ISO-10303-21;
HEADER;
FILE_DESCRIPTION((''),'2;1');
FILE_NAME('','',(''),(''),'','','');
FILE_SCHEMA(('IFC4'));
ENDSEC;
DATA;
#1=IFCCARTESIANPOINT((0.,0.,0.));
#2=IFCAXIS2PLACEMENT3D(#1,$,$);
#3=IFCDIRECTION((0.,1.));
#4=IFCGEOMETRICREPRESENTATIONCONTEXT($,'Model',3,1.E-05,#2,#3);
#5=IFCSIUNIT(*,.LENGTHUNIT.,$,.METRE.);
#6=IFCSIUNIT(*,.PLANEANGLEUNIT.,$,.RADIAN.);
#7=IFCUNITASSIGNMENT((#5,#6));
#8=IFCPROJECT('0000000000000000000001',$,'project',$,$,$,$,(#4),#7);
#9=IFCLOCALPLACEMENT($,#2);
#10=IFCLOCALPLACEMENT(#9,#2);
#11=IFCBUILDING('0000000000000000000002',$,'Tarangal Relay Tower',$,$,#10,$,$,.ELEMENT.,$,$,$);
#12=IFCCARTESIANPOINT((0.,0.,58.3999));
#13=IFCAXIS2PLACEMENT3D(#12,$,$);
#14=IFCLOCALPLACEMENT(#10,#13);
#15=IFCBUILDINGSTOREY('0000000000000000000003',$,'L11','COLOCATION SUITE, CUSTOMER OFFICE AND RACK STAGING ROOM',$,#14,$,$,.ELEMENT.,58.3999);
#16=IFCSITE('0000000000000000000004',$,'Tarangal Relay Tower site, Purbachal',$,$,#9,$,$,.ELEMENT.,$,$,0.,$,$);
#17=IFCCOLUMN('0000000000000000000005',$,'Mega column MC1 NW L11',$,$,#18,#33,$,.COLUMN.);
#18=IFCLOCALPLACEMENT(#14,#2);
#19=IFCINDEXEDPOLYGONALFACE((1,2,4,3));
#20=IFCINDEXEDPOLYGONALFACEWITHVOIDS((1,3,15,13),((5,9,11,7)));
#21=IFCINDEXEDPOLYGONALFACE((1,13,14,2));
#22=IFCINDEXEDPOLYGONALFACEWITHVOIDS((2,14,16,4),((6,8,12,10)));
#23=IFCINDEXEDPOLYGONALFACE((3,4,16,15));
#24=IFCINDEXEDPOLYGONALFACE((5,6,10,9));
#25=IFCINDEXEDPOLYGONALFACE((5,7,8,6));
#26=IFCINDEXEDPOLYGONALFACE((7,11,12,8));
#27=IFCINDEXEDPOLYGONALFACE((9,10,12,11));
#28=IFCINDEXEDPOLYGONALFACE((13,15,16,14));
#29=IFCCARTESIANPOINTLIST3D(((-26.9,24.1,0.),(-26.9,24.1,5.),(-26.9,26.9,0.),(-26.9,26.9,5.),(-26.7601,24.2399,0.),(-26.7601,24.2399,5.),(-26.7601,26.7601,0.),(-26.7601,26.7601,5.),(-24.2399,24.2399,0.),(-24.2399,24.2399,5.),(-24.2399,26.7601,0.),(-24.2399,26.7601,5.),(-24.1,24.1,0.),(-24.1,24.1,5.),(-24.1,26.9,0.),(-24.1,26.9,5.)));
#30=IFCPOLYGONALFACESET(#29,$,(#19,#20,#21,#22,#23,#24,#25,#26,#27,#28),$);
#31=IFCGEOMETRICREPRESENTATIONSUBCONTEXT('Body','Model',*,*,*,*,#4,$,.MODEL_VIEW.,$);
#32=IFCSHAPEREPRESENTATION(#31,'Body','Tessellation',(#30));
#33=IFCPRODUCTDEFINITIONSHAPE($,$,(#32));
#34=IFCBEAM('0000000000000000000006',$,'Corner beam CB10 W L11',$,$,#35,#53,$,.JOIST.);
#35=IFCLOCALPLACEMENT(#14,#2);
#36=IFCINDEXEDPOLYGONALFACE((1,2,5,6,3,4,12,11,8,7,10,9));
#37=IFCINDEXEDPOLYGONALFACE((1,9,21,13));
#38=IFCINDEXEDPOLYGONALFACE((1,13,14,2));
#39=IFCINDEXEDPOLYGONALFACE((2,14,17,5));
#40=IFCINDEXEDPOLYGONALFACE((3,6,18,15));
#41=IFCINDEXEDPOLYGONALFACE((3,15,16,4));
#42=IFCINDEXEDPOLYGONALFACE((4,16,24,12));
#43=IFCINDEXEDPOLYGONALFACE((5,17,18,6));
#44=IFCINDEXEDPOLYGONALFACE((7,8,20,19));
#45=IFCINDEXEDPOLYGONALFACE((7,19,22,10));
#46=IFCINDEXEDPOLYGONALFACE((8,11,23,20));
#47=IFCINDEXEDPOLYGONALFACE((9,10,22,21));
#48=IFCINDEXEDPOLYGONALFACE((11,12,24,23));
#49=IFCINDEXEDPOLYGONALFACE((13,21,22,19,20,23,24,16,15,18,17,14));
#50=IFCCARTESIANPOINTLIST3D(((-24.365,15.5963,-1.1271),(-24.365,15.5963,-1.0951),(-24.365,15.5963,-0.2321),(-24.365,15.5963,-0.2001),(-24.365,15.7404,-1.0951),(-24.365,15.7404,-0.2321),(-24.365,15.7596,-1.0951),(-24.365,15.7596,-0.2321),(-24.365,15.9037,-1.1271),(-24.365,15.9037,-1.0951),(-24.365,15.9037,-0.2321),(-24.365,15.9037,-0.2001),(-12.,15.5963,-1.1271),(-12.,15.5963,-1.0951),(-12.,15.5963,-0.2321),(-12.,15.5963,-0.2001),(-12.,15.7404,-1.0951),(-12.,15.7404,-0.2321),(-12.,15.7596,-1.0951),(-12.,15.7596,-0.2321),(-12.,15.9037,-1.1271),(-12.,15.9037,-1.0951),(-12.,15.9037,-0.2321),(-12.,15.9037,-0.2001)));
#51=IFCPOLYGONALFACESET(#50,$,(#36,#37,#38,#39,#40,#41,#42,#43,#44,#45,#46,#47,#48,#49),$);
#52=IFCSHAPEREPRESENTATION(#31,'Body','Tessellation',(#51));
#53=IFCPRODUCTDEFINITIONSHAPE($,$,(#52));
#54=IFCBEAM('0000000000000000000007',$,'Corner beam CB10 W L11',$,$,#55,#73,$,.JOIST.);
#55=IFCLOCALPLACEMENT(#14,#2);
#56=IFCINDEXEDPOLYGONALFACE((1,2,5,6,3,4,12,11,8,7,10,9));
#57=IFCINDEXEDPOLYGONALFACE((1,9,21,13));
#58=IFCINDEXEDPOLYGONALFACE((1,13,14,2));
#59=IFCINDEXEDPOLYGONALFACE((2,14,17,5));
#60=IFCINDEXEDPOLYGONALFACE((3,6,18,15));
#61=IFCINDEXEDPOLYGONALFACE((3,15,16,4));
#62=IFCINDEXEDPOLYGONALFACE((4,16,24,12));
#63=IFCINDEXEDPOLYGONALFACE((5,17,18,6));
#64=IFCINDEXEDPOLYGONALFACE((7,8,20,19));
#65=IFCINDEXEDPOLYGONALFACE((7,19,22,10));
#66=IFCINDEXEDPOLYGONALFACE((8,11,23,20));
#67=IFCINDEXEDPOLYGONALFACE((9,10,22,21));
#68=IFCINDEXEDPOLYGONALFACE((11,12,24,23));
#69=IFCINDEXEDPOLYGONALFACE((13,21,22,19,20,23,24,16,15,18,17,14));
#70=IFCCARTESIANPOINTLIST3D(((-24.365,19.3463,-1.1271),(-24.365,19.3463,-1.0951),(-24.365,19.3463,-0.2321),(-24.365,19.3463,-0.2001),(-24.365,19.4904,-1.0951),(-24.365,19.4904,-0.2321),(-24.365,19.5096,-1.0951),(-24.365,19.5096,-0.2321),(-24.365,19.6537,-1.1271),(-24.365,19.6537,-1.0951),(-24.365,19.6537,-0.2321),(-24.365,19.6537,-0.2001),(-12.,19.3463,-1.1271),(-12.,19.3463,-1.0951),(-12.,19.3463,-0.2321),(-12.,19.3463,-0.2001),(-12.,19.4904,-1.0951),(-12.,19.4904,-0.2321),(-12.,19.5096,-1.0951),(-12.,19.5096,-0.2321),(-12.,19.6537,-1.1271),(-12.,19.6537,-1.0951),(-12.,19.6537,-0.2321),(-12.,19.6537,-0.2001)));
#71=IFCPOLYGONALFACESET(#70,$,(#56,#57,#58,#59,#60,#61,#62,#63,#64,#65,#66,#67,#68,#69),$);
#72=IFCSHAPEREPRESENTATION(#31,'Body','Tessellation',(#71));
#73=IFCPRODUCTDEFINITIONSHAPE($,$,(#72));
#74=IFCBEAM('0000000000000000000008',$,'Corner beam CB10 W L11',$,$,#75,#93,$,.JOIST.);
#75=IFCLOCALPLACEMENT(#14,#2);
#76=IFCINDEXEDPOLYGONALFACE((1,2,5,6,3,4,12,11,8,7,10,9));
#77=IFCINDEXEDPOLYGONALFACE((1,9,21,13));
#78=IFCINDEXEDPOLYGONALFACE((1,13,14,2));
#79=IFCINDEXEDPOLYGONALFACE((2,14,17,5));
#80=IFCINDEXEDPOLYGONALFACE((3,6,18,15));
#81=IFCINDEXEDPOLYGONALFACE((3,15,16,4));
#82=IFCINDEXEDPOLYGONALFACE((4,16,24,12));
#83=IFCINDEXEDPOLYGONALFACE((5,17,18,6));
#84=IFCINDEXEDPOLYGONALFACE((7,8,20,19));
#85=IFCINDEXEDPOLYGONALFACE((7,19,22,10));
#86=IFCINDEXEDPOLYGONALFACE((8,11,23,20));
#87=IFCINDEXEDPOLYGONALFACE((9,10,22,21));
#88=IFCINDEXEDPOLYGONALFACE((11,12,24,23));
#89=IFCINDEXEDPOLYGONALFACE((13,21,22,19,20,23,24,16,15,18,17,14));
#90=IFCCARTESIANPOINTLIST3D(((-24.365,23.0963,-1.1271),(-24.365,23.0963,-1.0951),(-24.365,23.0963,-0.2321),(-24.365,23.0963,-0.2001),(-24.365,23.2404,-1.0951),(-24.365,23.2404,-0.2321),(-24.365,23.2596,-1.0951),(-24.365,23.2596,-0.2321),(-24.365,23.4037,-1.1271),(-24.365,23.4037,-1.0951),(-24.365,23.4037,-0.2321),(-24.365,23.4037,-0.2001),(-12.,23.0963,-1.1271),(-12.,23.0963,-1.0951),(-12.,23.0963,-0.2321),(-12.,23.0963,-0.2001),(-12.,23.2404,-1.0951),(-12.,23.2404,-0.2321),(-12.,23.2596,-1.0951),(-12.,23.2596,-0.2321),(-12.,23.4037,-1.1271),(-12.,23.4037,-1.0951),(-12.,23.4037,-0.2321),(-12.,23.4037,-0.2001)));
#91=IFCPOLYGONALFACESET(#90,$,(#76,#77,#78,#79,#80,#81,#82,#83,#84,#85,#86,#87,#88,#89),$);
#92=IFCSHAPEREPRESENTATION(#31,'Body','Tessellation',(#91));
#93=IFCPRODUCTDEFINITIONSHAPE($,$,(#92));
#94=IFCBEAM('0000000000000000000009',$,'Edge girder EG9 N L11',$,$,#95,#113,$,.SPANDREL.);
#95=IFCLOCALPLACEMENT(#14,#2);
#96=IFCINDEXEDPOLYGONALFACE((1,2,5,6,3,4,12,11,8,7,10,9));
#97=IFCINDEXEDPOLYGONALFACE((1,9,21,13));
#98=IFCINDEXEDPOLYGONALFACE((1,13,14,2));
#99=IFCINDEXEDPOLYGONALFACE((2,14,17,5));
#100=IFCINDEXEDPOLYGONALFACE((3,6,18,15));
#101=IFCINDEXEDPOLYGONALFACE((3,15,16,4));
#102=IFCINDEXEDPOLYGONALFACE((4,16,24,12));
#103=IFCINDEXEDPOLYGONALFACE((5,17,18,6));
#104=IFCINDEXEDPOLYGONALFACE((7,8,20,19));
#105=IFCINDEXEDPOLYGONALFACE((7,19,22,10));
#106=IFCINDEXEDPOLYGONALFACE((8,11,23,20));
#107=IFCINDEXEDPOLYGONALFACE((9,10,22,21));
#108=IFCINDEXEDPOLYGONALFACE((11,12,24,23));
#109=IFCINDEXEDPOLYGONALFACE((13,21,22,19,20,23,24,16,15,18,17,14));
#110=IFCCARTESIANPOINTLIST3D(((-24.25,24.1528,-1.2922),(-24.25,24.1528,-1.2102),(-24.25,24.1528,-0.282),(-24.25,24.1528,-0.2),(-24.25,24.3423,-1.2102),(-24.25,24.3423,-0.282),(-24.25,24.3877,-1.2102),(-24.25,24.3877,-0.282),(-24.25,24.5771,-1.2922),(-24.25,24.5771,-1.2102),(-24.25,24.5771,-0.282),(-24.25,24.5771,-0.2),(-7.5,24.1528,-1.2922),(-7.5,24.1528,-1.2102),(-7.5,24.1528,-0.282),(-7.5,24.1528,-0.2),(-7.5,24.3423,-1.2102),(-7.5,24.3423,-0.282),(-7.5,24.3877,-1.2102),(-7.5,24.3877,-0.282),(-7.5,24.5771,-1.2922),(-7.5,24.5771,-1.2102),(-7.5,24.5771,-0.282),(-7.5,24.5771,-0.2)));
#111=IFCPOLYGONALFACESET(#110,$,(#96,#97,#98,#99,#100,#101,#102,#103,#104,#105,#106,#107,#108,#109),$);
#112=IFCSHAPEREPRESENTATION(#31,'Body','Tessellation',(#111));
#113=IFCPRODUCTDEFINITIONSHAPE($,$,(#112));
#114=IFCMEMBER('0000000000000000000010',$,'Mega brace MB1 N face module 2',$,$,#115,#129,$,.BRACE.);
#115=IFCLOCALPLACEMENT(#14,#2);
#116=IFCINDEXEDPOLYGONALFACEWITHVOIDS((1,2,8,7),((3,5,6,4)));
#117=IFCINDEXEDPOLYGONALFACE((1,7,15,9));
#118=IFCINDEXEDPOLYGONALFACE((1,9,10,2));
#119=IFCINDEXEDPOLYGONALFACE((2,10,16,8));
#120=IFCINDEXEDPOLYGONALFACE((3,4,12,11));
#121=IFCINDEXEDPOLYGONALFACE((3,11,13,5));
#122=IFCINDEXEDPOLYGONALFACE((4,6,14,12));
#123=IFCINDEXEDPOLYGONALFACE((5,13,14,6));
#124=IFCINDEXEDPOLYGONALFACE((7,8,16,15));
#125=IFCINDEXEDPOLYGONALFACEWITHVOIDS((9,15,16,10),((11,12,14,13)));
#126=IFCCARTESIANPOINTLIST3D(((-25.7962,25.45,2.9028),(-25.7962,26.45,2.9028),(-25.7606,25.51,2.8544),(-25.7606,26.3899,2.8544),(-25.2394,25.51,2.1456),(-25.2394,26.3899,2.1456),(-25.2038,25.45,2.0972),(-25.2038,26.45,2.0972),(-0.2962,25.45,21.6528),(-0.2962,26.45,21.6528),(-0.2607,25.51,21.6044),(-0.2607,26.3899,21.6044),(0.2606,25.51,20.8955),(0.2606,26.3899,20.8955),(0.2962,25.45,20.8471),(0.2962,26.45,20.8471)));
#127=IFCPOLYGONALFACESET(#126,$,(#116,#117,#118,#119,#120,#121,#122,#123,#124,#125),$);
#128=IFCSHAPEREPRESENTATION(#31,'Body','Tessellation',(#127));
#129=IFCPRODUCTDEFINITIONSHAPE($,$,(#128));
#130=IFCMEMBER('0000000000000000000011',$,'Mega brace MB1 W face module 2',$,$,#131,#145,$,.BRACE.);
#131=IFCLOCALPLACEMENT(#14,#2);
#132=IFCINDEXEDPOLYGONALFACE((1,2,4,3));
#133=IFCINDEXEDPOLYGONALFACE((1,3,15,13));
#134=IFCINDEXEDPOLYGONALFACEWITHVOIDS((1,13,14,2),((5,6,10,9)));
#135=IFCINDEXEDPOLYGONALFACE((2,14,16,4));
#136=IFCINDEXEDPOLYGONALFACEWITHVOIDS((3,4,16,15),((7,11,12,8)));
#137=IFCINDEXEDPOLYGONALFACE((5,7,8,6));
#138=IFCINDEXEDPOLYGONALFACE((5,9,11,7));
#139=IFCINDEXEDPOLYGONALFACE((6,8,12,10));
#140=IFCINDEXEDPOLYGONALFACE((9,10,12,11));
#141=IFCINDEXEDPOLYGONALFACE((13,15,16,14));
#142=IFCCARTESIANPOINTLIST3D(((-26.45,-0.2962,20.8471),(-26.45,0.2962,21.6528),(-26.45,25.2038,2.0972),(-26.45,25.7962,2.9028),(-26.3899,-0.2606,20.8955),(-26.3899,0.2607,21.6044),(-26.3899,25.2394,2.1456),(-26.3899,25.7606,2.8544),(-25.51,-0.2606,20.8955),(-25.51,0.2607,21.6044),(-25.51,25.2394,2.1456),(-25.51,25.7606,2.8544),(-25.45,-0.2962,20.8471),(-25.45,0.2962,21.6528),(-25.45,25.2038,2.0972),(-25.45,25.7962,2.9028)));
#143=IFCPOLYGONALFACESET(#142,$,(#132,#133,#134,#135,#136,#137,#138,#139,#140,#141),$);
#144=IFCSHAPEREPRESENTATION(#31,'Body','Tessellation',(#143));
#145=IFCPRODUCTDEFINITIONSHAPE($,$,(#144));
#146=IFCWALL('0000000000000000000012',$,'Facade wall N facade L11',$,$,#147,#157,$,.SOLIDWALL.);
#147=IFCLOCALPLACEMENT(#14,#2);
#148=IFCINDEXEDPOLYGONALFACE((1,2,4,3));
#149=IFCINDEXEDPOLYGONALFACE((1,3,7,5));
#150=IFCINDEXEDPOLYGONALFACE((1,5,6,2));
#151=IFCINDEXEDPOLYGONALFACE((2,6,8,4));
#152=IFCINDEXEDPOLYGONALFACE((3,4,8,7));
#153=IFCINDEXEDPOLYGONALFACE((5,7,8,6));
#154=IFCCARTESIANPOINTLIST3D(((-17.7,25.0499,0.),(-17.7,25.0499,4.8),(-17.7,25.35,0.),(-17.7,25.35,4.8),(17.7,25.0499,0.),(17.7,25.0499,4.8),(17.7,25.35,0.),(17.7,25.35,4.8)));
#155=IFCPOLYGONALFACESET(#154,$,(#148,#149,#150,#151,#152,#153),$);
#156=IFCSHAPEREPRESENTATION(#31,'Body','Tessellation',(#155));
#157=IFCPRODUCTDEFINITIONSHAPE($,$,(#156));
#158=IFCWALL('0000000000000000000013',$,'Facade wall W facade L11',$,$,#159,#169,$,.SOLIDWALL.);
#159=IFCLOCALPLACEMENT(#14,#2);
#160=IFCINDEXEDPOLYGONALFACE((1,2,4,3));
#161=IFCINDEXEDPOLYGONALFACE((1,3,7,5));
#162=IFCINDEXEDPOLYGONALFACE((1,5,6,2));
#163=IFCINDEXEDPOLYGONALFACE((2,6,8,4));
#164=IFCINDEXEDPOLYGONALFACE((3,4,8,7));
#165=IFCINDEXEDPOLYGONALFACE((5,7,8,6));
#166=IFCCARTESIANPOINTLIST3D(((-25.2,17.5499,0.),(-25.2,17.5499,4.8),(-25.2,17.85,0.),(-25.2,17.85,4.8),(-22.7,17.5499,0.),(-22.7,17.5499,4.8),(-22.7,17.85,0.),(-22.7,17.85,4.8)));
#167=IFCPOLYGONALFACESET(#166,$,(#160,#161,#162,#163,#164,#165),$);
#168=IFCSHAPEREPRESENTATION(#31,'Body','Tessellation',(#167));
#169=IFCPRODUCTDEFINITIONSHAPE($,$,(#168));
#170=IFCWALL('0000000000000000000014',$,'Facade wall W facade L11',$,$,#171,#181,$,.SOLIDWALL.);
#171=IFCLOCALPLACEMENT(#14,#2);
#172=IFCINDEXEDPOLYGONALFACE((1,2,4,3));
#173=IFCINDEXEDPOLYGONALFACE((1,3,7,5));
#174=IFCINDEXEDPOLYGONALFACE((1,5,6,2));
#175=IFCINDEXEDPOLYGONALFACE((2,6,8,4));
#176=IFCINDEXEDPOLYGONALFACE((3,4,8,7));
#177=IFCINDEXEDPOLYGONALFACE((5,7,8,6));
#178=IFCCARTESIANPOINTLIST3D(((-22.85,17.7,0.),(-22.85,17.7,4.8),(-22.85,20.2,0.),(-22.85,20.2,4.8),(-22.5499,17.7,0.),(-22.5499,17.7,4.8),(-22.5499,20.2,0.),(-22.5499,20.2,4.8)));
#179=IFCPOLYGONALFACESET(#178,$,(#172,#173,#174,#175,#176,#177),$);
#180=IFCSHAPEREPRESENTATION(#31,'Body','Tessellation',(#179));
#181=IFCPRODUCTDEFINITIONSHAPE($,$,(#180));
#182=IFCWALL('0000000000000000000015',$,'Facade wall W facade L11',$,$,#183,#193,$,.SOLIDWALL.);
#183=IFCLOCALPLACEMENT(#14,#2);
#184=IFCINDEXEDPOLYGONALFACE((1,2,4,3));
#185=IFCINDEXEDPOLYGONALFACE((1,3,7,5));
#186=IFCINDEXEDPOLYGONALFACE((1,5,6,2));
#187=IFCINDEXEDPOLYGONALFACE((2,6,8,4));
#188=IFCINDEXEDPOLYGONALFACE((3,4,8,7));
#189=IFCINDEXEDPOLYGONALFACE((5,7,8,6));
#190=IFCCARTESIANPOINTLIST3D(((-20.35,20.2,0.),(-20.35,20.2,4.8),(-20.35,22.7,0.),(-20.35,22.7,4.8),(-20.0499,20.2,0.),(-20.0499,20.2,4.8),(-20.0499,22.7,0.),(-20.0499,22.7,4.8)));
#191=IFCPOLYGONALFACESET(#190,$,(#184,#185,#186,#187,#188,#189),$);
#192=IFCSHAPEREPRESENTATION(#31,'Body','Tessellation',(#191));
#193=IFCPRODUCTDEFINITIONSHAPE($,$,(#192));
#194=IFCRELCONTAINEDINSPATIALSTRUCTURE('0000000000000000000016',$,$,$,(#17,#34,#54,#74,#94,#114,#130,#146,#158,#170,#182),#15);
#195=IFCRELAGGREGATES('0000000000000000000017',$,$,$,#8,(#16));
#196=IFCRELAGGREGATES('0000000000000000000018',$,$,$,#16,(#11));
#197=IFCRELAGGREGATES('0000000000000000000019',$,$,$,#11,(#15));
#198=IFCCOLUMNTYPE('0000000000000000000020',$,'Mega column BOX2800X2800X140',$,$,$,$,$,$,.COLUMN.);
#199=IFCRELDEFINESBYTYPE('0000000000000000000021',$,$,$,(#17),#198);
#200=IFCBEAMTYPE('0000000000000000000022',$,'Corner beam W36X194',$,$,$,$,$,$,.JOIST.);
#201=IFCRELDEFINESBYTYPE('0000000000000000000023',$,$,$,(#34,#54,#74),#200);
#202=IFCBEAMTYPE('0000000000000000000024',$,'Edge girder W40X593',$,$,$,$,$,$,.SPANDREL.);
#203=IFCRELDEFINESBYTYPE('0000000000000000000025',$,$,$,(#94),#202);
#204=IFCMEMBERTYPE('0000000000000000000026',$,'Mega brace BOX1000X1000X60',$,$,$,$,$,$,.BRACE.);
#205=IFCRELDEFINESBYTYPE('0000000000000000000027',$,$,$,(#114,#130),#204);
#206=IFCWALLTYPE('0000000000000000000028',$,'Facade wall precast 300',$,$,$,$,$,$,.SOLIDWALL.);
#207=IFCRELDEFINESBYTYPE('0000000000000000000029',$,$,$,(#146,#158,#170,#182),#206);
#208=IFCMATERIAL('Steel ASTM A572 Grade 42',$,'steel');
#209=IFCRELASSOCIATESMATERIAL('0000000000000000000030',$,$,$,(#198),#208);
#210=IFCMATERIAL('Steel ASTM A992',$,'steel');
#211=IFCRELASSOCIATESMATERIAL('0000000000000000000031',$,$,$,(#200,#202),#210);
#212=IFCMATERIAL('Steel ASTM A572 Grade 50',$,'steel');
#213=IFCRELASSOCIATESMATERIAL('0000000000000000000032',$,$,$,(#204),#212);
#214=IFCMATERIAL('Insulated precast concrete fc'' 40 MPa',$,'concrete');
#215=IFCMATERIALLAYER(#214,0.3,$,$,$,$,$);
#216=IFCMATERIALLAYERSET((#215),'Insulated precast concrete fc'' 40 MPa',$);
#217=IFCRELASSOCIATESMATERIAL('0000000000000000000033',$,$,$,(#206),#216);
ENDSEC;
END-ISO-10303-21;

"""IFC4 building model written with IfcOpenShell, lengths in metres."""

from ifc_helpers import new_model, si_unit, direction, frame, frame_2d, origin, origin_2d, place, context, subcontext, project, spatial, rectangle, hollow_rectangle, i_section, extrude, material, layer, layer_set, material_profile, profile_set, type_object, element, save


model = new_model("IFC4")

# Units and contexts
model_context = context("Model", 3, precision=1e-05, world=origin(), true_north=direction((0.0, 1.0)))
body_context = subcontext(model_context, "Body", "Model", "MODEL_VIEW")
ifc_project = project(units=[si_unit("LENGTHUNIT", "METRE"), si_unit("PLANEANGLEUNIT", "RADIAN")], contexts=[model_context])

# Site, building, storey
site_placement = place(None, origin())
site = spatial("IfcSite", under=ifc_project, at=site_placement, Name="Tarangal Relay Tower site, Purbachal", CompositionType="ELEMENT", RefElevation=0.0)
building_placement = place(site_placement, origin())
building = spatial("IfcBuilding", under=site, at=building_placement, Name="Tarangal Relay Tower", CompositionType="ELEMENT")
storey_placement = place(building_placement, frame((0.0, 0.0, 58.3999)))
storey = spatial("IfcBuildingStorey", under=building, at=storey_placement, Name="L11", Description="COLOCATION SUITE, CUSTOMER OFFICE AND RACK STAGING ROOM", CompositionType="ELEMENT", Elevation=58.3999)

# Column
ifc_material_1 = material(Name="Steel ASTM A572 Grade 42", Category="steel")
ifc_material_profile_1 = material_profile(ifc_material_1, hollow_rectangle(XDim=2.8, YDim=2.8, WallThickness=0.1399, at=origin_2d()), Name="BOX2800X2800X140")
ifc_profile_set_1 = profile_set([ifc_material_profile_1], Name="Steel ASTM A572 Grade 42")
column_type = type_object("IfcColumnType", Name="Mega column BOX2800X2800X140", PredefinedType="COLUMN", material=ifc_profile_set_1)
column_placement = place(storey_placement, frame((-25.5, 25.5, 0.0), z_axis=(0.0, 0.0, 1.0), x_axis=(1.0, 0.0, 0.0)))
element("IfcColumn", 1, at=column_placement, inside=storey, type_object=column_type, Name="Mega column MC1 NW L11", PredefinedType="COLUMN", context=body_context, shape_type="SweptSolid", body=[
    extrude(hollow_rectangle(XDim=2.8, YDim=2.8, WallThickness=0.1399, at=origin_2d()), origin(), (0.0, 0.0, 1.0), 5.0),
])

# Beams
ifc_material_2 = material(Name="Steel ASTM A992", Category="steel")
ifc_material_profile_2 = material_profile(ifc_material_2, i_section(OverallWidth=0.3074, OverallDepth=0.927, WebThickness=0.0193, FlangeThickness=0.032, at=origin_2d()), Name="W36X194")
ifc_profile_set_2 = profile_set([ifc_material_profile_2], Name="Steel ASTM A992")
beam_type_1 = type_object("IfcBeamType", Name="Corner beam W36X194", PredefinedType="JOIST", material=ifc_profile_set_2)
for number, where, z_axis, x_axis, name in (
    (2, (-12.0, 15.75, -0.6636), (-1.0, 0.0, 0.0), (0.0, -1.0, 0.0), "Corner beam CB10 W L11"),
    (3, (-12.0, 19.5, -0.6636), (-1.0, 0.0, 0.0), (0.0, -1.0, 0.0), "Corner beam CB10 W L11"),
    (4, (-12.0, 23.25, -0.6636), (-1.0, 0.0, 0.0), (0.0, -1.0, 0.0), "Corner beam CB10 W L11"),
):
    element("IfcBeam", number, at=place(storey_placement, frame(where, z_axis=z_axis, x_axis=x_axis)), inside=storey, type_object=beam_type_1, Name=name, PredefinedType="JOIST", context=body_context, shape_type="SweptSolid", body=[
        extrude(i_section(OverallWidth=0.3074, OverallDepth=0.927, WebThickness=0.0193, FlangeThickness=0.032, at=origin_2d()), origin(), (0.0, 0.0, 1.0), 12.365),
    ])
ifc_material_profile_3 = material_profile(ifc_material_2, i_section(OverallWidth=0.4243, OverallDepth=1.0923, WebThickness=0.0454, FlangeThickness=0.082, at=origin_2d()), Name="W40X593")
ifc_profile_set_3 = profile_set([ifc_material_profile_3], Name="Steel ASTM A992")
beam_type_2 = type_object("IfcBeamType", Name="Edge girder W40X593", PredefinedType="SPANDREL", material=ifc_profile_set_3)
beam_placement = place(storey_placement, frame((-24.25, 24.365, -0.7461), z_axis=(1.0, 0.0, 0.0), x_axis=(0.0, 1.0, 0.0)))
element("IfcBeam", 5, at=beam_placement, inside=storey, type_object=beam_type_2, Name="Edge girder EG9 N L11", PredefinedType="SPANDREL", context=body_context, shape_type="SweptSolid", body=[
    extrude(i_section(OverallWidth=0.4243, OverallDepth=1.0923, WebThickness=0.0454, FlangeThickness=0.082, at=origin_2d()), origin(), (0.0, 0.0, 1.0), 16.75),
])

# Members
ifc_material_3 = material(Name="Steel ASTM A572 Grade 50", Category="steel")
ifc_material_profile_4 = material_profile(ifc_material_3, hollow_rectangle(XDim=1.0, YDim=1.0, WallThickness=0.0601, at=origin_2d()), Name="BOX1000X1000X60")
ifc_profile_set_4 = profile_set([ifc_material_profile_4], Name="Steel ASTM A572 Grade 50")
member_type = type_object("IfcMemberType", Name="Mega brace BOX1000X1000X60", PredefinedType="BRACE", material=ifc_profile_set_4)
for number, where, z_axis, x_axis, name in (
    (6, (-25.5, 25.95, 2.5), (0.805651, 0.0, 0.59239), (0.0, 1.0, 0.0), "Mega brace MB1 N face module 2"),
    (7, (-25.95, 25.5, 2.5), (0.0, -0.805651, 0.59239), (1.0, 0.0, 0.0), "Mega brace MB1 W face module 2"),
):
    element("IfcMember", number, at=place(storey_placement, frame(where, z_axis=z_axis, x_axis=x_axis)), inside=storey, type_object=member_type, Name=name, PredefinedType="BRACE", context=body_context, shape_type="SweptSolid", body=[
        extrude(hollow_rectangle(XDim=1.0, YDim=1.0, WallThickness=0.0601, at=origin_2d()), origin(), (0.0, 0.0, 1.0), 31.6514),
    ])

# Walls
ifc_material_4 = material(Name="Insulated precast concrete fc' 40 MPa", Category="concrete")
ifc_layer_1 = layer(ifc_material_4, 0.3)
ifc_layer_set_1 = layer_set([ifc_layer_1], Name="Insulated precast concrete fc' 40 MPa")
wall_type_1 = type_object("IfcWallType", Name="Facade wall precast 300", PredefinedType="SOLIDWALL", material=ifc_layer_set_1)
wall_1_placement = place(storey_placement, frame((-17.7, 25.2, 0.0), z_axis=(0.0, 0.0, 1.0), x_axis=(1.0, 0.0, 0.0)))
element("IfcWall", 8, at=wall_1_placement, inside=storey, type_object=wall_type_1, Name="Facade wall N facade L11", PredefinedType="SOLIDWALL", context=body_context, shape_type="SweptSolid", body=[
    extrude(rectangle(XDim=35.3999, YDim=0.3, at=frame_2d((17.7, 0.0))), origin(), (0.0, 0.0, 1.0), 4.8),
])
for number, where, z_axis, x_axis, name in (
    (9, (-25.2, 17.7, 0.0), (0.0, 0.0, 1.0), (1.0, 0.0, 0.0), "Facade wall W facade L11"),
    (10, (-22.7, 17.7, 0.0), (0.0, 0.0, 1.0), (0.0, 1.0, 0.0), "Facade wall W facade L11"),
):
    element("IfcWall", number, at=place(storey_placement, frame(where, z_axis=z_axis, x_axis=x_axis)), inside=storey, type_object=wall_type_1, Name=name, PredefinedType="SOLIDWALL", context=body_context, shape_type="SweptSolid", body=[
        extrude(rectangle(XDim=2.5, YDim=0.3, at=frame_2d((1.25, 0.0))), origin(), (0.0, 0.0, 1.0), 4.8),
    ])

# Wall
for number, where, z_axis, x_axis, name in (
    (11, (-20.2, 20.2, 0.0), (0.0, 0.0, 1.0), (0.0, 1.0, 0.0), "Facade wall W facade L11"),
):
    element("IfcWall", number, at=place(storey_placement, frame(where, z_axis=z_axis, x_axis=x_axis)), inside=storey, type_object=wall_type_1, Name=name, PredefinedType="SOLIDWALL", context=body_context, shape_type="SweptSolid", body=[
        extrude(rectangle(XDim=2.5, YDim=0.3, at=frame_2d((1.25, 0.0))), origin(), (0.0, 0.0, 1.0), 4.8),
    ])

save(model, "model.ifc")
